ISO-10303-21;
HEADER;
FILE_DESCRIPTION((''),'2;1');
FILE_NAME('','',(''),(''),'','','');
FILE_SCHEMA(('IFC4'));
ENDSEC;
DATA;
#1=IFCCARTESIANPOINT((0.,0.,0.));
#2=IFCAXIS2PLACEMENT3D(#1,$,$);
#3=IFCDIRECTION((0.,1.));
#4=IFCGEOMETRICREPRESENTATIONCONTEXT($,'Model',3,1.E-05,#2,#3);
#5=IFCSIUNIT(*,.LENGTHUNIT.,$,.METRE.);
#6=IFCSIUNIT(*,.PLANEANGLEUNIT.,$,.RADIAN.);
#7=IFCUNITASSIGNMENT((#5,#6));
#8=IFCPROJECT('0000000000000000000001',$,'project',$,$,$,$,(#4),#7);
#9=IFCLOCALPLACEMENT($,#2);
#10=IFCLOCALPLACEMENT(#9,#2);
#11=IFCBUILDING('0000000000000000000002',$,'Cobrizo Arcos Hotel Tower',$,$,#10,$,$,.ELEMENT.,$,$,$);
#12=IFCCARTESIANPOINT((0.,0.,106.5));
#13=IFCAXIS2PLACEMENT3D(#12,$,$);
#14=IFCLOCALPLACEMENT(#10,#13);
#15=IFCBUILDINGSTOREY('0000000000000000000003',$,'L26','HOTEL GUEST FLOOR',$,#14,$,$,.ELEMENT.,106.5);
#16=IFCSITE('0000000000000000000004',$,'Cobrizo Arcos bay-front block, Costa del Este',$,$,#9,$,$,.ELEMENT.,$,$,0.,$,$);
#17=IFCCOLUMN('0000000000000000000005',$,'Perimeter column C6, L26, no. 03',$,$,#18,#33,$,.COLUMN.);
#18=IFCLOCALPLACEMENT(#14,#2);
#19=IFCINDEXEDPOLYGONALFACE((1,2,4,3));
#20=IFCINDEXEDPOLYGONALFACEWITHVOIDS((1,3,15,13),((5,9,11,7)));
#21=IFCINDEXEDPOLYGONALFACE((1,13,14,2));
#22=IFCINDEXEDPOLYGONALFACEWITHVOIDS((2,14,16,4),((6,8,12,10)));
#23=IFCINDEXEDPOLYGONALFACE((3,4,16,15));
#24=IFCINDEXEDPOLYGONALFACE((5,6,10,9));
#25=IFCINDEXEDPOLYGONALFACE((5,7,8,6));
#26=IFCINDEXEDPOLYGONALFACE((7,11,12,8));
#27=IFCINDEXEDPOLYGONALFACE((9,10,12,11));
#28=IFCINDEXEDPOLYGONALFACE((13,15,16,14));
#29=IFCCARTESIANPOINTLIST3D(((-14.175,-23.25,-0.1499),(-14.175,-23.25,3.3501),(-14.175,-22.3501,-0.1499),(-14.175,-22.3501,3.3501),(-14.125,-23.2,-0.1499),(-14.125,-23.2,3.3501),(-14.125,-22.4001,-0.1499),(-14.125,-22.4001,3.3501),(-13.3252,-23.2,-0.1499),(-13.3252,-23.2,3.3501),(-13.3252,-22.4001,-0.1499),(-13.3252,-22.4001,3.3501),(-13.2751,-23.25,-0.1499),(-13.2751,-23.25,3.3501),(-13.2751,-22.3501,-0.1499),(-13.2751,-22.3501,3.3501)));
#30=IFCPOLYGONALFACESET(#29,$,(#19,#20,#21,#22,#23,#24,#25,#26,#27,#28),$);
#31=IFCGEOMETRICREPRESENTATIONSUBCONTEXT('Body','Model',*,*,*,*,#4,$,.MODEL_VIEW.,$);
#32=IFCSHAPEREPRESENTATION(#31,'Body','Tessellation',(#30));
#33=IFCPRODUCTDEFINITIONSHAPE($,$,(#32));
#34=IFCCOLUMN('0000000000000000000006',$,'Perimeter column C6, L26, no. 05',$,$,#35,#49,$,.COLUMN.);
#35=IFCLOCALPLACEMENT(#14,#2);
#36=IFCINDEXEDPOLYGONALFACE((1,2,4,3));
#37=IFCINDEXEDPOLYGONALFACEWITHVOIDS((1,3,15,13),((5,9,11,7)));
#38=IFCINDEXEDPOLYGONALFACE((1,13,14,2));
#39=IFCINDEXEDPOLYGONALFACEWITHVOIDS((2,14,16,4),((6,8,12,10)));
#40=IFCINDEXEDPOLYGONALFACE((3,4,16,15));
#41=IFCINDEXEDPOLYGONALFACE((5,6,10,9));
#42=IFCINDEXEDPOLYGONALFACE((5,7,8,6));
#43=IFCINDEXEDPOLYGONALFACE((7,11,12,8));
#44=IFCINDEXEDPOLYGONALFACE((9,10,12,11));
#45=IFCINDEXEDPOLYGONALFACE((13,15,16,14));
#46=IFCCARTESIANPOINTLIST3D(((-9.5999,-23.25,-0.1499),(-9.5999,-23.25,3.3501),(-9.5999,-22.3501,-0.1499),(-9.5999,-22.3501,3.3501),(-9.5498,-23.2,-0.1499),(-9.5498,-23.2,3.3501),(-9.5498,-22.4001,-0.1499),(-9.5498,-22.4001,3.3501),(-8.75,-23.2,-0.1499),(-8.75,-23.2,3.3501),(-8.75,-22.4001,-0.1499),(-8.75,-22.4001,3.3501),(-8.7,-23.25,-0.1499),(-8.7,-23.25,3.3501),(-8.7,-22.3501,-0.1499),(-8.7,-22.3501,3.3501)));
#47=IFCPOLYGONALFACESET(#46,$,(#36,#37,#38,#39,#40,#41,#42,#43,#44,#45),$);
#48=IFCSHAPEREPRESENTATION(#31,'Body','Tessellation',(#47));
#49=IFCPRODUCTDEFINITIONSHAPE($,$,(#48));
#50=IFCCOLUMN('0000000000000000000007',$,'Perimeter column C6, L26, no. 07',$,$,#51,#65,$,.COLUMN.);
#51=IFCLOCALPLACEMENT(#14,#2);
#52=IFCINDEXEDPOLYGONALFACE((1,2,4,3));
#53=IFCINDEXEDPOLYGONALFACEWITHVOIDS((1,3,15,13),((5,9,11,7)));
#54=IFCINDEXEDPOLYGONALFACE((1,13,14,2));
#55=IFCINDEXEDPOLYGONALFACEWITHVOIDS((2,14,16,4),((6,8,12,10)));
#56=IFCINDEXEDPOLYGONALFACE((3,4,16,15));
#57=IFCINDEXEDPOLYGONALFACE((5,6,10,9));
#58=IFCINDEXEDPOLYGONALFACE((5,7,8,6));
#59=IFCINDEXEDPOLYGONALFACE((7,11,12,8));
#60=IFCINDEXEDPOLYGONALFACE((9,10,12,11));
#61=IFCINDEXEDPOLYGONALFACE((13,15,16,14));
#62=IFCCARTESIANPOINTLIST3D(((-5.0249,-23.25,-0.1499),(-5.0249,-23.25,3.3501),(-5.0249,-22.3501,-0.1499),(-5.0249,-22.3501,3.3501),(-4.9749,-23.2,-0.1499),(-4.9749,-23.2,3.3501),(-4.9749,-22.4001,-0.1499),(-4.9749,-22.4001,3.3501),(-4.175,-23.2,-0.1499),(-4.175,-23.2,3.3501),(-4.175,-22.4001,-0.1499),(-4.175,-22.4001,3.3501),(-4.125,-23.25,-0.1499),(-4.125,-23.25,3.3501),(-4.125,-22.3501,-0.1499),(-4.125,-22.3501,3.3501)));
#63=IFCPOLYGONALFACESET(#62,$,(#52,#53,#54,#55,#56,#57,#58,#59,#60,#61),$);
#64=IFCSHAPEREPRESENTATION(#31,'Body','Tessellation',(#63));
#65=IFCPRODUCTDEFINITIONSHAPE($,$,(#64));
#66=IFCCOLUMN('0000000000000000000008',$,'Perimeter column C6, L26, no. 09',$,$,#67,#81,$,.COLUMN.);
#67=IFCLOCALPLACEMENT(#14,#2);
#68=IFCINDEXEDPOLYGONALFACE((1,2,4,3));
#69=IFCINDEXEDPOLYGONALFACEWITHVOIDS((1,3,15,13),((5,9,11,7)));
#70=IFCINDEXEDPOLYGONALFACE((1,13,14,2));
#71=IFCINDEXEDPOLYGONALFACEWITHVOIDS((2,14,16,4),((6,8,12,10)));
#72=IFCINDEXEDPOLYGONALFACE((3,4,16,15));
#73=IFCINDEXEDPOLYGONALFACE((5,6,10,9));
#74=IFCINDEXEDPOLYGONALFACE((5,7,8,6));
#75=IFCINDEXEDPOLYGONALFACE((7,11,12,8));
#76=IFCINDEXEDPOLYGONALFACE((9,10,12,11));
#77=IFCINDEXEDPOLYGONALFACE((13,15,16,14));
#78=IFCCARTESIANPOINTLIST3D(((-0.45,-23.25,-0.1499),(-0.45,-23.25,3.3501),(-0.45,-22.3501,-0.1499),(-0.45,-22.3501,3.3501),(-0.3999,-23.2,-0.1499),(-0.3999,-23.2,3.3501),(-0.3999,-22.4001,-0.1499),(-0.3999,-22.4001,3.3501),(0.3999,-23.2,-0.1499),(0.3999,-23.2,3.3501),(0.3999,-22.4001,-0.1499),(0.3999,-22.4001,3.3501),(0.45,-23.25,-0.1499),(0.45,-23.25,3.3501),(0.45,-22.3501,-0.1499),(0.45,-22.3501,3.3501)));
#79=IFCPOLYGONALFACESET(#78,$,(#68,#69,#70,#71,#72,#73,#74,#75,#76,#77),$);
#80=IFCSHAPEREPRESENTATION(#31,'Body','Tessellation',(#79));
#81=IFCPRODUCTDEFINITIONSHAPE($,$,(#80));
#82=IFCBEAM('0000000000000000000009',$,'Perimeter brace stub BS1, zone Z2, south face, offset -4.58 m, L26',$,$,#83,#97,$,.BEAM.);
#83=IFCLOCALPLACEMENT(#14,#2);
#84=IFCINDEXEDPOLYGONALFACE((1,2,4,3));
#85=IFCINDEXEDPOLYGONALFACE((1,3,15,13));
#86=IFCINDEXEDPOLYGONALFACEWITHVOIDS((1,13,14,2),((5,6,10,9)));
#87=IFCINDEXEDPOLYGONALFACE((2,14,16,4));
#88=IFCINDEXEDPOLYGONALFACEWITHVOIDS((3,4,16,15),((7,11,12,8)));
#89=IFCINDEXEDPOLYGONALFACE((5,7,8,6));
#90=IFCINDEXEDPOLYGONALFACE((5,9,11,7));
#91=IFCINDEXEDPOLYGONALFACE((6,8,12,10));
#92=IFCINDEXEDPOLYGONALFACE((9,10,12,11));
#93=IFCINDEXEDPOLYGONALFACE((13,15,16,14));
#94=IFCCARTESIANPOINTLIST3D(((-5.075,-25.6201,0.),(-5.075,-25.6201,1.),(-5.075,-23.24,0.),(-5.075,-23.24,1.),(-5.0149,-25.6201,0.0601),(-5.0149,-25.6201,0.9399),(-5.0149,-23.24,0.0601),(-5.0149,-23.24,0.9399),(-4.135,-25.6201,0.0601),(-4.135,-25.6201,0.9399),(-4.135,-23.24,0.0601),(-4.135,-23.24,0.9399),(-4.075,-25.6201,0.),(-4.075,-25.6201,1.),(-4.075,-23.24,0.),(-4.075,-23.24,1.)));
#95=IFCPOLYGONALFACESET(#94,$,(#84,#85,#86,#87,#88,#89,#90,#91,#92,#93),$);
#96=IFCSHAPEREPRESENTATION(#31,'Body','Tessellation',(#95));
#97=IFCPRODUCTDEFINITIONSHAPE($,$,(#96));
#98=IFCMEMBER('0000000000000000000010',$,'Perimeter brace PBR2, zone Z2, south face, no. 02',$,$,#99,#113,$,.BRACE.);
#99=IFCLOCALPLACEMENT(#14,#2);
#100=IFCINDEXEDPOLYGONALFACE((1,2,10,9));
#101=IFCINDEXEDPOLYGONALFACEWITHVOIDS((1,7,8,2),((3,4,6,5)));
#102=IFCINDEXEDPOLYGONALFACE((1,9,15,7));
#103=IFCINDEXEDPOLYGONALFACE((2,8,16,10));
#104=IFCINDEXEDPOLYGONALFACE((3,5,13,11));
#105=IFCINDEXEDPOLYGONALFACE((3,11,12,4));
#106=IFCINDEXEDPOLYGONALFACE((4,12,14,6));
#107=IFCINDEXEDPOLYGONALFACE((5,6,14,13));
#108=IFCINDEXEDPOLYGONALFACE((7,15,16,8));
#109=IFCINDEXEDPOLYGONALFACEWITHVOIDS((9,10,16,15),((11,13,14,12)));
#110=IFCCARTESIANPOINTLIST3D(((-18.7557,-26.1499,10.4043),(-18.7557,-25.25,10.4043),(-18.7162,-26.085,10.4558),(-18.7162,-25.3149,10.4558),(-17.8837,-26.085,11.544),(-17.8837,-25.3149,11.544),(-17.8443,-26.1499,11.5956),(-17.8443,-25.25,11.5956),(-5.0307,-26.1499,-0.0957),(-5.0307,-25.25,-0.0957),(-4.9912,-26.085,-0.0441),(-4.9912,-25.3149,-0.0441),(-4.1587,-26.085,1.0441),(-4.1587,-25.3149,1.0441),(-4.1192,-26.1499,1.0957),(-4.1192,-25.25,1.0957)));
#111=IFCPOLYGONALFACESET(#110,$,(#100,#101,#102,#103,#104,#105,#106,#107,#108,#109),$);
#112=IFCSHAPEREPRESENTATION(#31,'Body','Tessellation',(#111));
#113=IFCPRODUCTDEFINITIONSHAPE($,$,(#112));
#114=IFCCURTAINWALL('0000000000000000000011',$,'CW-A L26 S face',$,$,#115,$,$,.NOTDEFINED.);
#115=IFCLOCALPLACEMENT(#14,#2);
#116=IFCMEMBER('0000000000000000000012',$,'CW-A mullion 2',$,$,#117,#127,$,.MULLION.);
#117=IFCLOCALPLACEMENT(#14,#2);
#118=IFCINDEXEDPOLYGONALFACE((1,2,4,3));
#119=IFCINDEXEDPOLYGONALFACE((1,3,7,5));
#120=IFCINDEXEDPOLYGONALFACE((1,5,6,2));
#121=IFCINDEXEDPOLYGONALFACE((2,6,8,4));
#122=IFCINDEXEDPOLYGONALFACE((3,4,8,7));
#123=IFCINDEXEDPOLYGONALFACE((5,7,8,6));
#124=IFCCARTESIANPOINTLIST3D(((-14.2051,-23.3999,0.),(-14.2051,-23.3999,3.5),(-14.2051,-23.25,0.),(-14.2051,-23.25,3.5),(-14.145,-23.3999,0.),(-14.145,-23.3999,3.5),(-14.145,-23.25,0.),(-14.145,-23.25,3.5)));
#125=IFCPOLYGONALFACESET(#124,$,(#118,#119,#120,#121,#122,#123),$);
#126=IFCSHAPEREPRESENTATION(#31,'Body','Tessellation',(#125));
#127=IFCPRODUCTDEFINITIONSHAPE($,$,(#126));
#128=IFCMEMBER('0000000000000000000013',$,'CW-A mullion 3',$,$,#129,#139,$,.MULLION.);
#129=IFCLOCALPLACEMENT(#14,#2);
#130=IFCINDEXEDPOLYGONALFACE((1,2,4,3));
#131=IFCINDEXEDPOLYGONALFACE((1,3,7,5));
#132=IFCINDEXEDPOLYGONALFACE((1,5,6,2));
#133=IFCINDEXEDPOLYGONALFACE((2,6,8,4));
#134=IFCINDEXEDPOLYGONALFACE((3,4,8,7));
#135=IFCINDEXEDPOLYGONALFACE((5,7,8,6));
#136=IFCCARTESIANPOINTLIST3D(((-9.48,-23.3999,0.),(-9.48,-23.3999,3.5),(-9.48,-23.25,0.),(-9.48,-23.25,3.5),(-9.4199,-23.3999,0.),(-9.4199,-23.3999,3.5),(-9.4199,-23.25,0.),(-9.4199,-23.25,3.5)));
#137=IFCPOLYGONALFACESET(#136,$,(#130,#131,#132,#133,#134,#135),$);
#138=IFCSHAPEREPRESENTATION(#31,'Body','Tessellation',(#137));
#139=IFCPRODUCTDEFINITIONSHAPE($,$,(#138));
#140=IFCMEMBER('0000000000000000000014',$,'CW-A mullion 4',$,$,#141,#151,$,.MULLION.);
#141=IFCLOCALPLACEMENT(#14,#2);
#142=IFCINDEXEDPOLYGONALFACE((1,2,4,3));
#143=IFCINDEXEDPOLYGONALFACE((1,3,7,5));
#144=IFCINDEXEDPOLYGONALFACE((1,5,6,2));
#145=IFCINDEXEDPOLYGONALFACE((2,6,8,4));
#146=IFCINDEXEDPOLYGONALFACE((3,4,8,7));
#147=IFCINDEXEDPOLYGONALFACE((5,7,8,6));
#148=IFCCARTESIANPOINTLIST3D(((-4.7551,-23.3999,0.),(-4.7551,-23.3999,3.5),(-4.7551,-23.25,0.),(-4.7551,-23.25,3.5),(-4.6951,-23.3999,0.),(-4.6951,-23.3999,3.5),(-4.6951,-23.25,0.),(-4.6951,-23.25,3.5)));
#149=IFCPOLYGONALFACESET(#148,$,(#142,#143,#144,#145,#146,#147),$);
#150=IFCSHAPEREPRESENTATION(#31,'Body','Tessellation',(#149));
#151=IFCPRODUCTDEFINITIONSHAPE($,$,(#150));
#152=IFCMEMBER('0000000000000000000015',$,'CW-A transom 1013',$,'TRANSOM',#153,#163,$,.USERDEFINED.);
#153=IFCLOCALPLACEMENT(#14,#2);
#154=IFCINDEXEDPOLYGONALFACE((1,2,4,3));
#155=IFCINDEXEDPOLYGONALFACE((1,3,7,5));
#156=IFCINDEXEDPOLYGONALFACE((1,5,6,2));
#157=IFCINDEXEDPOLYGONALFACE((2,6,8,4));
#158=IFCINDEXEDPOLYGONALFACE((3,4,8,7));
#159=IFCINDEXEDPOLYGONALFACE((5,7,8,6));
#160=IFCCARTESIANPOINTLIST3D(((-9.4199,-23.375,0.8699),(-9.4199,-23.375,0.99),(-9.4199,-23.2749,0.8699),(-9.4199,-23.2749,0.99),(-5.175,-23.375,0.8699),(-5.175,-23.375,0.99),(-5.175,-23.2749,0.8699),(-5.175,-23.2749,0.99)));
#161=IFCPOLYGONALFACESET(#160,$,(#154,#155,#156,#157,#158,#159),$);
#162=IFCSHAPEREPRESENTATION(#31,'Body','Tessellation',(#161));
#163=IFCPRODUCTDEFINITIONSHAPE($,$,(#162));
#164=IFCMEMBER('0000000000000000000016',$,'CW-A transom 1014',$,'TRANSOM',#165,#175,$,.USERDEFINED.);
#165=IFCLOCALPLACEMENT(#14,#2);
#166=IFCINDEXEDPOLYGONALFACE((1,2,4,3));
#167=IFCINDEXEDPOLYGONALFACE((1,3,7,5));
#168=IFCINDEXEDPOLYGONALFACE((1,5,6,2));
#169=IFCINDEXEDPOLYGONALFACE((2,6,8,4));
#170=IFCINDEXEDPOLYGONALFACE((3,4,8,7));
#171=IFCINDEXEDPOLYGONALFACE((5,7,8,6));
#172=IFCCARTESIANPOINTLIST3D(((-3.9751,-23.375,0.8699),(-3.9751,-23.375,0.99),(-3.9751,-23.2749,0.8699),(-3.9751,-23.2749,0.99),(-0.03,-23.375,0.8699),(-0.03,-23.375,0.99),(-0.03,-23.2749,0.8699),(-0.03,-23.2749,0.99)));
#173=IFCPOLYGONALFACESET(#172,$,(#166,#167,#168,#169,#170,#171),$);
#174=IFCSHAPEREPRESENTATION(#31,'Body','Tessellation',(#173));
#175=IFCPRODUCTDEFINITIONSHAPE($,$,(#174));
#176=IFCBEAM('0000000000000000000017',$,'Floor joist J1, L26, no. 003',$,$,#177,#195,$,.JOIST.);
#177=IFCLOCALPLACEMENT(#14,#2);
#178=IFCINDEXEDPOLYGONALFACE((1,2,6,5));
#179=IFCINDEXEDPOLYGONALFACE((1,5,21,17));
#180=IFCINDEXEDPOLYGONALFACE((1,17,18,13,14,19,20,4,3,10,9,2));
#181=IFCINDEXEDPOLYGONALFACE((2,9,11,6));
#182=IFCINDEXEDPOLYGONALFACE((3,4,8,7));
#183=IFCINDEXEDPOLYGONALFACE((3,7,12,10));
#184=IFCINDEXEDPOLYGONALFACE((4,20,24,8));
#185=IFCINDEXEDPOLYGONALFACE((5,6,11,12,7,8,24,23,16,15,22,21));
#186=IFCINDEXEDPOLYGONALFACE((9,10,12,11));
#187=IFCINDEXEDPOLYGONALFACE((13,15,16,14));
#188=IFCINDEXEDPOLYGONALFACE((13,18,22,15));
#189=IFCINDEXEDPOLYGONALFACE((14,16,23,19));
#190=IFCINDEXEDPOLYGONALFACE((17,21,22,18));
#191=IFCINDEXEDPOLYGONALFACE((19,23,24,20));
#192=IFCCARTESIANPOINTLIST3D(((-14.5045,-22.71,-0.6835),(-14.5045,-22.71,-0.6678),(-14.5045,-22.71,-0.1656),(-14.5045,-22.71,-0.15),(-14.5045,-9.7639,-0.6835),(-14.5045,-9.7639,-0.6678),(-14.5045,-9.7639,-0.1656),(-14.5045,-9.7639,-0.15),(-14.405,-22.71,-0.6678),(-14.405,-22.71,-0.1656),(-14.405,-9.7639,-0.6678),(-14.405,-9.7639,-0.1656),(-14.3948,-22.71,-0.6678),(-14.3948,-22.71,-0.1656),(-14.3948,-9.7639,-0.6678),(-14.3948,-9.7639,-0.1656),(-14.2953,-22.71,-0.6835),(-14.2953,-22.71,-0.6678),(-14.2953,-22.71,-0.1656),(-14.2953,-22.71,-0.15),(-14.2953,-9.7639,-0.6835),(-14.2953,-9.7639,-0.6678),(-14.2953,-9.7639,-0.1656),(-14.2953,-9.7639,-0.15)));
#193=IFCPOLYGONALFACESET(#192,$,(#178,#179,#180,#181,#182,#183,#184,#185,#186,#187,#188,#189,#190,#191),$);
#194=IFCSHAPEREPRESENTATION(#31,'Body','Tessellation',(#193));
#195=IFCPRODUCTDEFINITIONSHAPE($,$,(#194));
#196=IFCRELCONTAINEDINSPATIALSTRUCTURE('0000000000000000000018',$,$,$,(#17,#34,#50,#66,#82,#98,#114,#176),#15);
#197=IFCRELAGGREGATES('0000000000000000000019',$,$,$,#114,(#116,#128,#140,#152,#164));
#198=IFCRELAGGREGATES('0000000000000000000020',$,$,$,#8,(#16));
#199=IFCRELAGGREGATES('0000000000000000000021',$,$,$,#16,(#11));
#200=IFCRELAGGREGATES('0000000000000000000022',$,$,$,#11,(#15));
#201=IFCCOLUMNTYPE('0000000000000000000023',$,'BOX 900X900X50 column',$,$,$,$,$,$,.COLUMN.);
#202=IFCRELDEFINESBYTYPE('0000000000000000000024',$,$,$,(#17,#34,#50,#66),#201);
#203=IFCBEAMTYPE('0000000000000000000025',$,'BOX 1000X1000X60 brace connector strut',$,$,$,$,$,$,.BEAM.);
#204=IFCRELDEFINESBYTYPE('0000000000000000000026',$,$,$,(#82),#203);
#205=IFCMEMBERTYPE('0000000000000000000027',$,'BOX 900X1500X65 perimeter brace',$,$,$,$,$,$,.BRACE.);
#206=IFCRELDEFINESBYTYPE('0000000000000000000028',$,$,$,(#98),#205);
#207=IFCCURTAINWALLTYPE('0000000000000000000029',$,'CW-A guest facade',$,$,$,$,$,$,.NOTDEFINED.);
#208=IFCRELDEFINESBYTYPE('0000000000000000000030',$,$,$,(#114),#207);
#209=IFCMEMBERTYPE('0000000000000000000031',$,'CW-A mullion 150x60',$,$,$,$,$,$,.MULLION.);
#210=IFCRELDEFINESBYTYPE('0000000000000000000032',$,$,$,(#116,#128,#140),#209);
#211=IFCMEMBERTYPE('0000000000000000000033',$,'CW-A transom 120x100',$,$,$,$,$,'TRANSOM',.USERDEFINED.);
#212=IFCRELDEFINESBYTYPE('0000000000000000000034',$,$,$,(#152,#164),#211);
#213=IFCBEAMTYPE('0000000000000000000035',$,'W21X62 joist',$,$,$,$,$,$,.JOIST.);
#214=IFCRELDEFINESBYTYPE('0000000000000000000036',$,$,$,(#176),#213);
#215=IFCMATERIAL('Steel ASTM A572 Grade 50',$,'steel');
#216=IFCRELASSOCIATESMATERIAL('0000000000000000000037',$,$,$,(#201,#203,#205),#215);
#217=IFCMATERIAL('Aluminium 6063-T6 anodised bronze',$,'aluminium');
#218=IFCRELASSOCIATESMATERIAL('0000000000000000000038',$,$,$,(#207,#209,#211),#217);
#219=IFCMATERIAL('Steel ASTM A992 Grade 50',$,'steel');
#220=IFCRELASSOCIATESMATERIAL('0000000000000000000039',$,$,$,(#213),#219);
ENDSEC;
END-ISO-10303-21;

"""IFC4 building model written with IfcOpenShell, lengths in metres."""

from ifc_helpers import new_model, si_unit, direction, frame, origin, origin_2d, place, context, subcontext, project, spatial, rectangle, hollow_rectangle, i_section, extrude, material, material_profile, profile_set, type_object, element, aggregate, save


model = new_model("IFC4")

# Units and contexts
model_context = context("Model", 3, precision=1e-05, world=origin(), true_north=direction((0.0, 1.0)))
body_context = subcontext(model_context, "Body", "Model", "MODEL_VIEW")
ifc_project = project(units=[si_unit("LENGTHUNIT", "METRE"), si_unit("PLANEANGLEUNIT", "RADIAN")], contexts=[model_context])

# Site, building, storey
site_placement = place(None, origin())
site = spatial("IfcSite", under=ifc_project, at=site_placement, Name="Cobrizo Arcos bay-front block, Costa del Este", CompositionType="ELEMENT", RefElevation=0.0)
building_placement = place(site_placement, origin())
building = spatial("IfcBuilding", under=site, at=building_placement, Name="Cobrizo Arcos Hotel Tower", CompositionType="ELEMENT")
storey_placement = place(building_placement, frame((0.0, 0.0, 106.5)))
storey = spatial("IfcBuildingStorey", under=building, at=storey_placement, Name="L26", Description="HOTEL GUEST FLOOR", CompositionType="ELEMENT", Elevation=106.5)

# Columns
ifc_material_1 = material(Name="Steel ASTM A572 Grade 50", Category="steel")
ifc_material_profile_1 = material_profile(ifc_material_1, hollow_rectangle(XDim=0.8999, YDim=0.8999, WallThickness=0.05, at=origin_2d()), Name="BOX 900X900X50")
ifc_profile_set_1 = profile_set([ifc_material_profile_1], Name="Steel ASTM A572 Grade 50")
column_type = type_object("IfcColumnType", Name="BOX 900X900X50 column", PredefinedType="COLUMN", material=ifc_profile_set_1)
for number, where, z_axis, x_axis, name in (
    (1, (-13.7251, -22.8, -0.1499), (0.0, 0.0, 1.0), (1.0, 0.0, 0.0), "Perimeter column C6, L26, no. 03"),
    (2, (-9.1499, -22.8, -0.1499), (0.0, 0.0, 1.0), (1.0, 0.0, 0.0), "Perimeter column C6, L26, no. 05"),
    (3, (-4.575, -22.8, -0.1499), (0.0, 0.0, 1.0), (1.0, 0.0, 0.0), "Perimeter column C6, L26, no. 07"),
    (4, (0.0, -22.8, -0.1499), (0.0, 0.0, 1.0), (1.0, 0.0, 0.0), "Perimeter column C6, L26, no. 09"),
):
    element("IfcColumn", number, at=place(storey_placement, frame(where, z_axis=z_axis, x_axis=x_axis)), inside=storey, type_object=column_type, Name=name, PredefinedType="COLUMN", context=body_context, shape_type="SweptSolid", body=[
        extrude(hollow_rectangle(XDim=0.8999, YDim=0.8999, WallThickness=0.05, at=origin_2d()), origin(), (0.0, 0.0, 1.0), 3.5),
    ])

# Beam
ifc_material_profile_2 = material_profile(ifc_material_1, hollow_rectangle(XDim=1.0, YDim=1.0, WallThickness=0.0601, at=origin_2d()), Name="BOX 1000X1000X60")
ifc_profile_set_2 = profile_set([ifc_material_profile_2], Name="Steel ASTM A572 Grade 50")
beam_type_1 = type_object("IfcBeamType", Name="BOX 1000X1000X60 brace connector strut", PredefinedType="BEAM", material=ifc_profile_set_2)
beam_1_placement = place(storey_placement, frame((-4.575, -23.24, 0.5), z_axis=(0.0, -1.0, 0.0), x_axis=(1.0, 0.0, 0.0)))
element("IfcBeam", 5, at=beam_1_placement, inside=storey, type_object=beam_type_1, Name="Perimeter brace stub BS1, zone Z2, south face, offset -4.58 m, L26", PredefinedType="BEAM", context=body_context, shape_type="SweptSolid", body=[
    extrude(hollow_rectangle(XDim=1.0, YDim=1.0, WallThickness=0.0601, at=origin_2d()), origin(), (0.0, 0.0, 1.0), 2.3801),
])

# Member
ifc_material_profile_3 = material_profile(ifc_material_1, hollow_rectangle(XDim=0.8999, YDim=1.5, WallThickness=0.0649, at=origin_2d()), Name="BOX 900X1500X65")
ifc_profile_set_3 = profile_set([ifc_material_profile_3], Name="Steel ASTM A572 Grade 50")
member_type_1 = type_object("IfcMemberType", Name="BOX 900X1500X65 perimeter brace", PredefinedType="BRACE", material=ifc_profile_set_3)
member_1_placement = place(storey_placement, frame((-4.575, -25.7, 0.5), z_axis=(-0.794237, 0.0, 0.607608), x_axis=(0.0, -1.0, 0.0)))
element("IfcMember", 6, at=member_1_placement, inside=storey, type_object=member_type_1, Name="Perimeter brace PBR2, zone Z2, south face, no. 02", PredefinedType="BRACE", context=body_context, shape_type="SweptSolid", body=[
    extrude(hollow_rectangle(XDim=0.8999, YDim=1.5, WallThickness=0.0649, at=origin_2d()), origin(), (0.0, 0.0, 1.0), 17.2808),
])

# Curtain wall, members
ifc_material_2 = material(Name="Aluminium 6063-T6 anodised bronze", Category="aluminium")
curtain_wall_type = type_object("IfcCurtainWallType", Name="CW-A guest facade", PredefinedType="NOTDEFINED", material=ifc_material_2)
curtain_wall_placement = place(storey_placement, origin())
curtain_wall = element("IfcCurtainWall", 7, at=curtain_wall_placement, inside=storey, type_object=curtain_wall_type, Name="CW-A L26 S face", PredefinedType="NOTDEFINED")
ifc_material_profile_4 = material_profile(ifc_material_2, rectangle(XDim=0.1499, YDim=0.0601, at=origin_2d()), Name="CW-A mullion 150x60")
ifc_profile_set_4 = profile_set([ifc_material_profile_4], Name="Aluminium 6063-T6 anodised bronze")
member_type_2 = type_object("IfcMemberType", Name="CW-A mullion 150x60", PredefinedType="MULLION", material=ifc_profile_set_4)
member_2_placement = place(storey_placement, frame((-14.175, -23.325, 0.0), z_axis=(0.0, 0.0, 1.0), x_axis=(0.0, -1.0, 0.0)))
member_2 = element("IfcMember", 8, at=member_2_placement, type_object=member_type_2, Name="CW-A mullion 2", PredefinedType="MULLION", context=body_context, shape_type="SweptSolid", body=[
    extrude(rectangle(XDim=0.1499, YDim=0.0601, at=origin_2d()), origin(), (0.0, 0.0, 1.0), 3.5),
])
member_3_placement = place(storey_placement, frame((-9.45, -23.325, 0.0), z_axis=(0.0, 0.0, 1.0), x_axis=(0.0, -1.0, 0.0)))
member_3 = element("IfcMember", 9, at=member_3_placement, type_object=member_type_2, Name="CW-A mullion 3", PredefinedType="MULLION", context=body_context, shape_type="SweptSolid", body=[
    extrude(rectangle(XDim=0.1499, YDim=0.0601, at=origin_2d()), origin(), (0.0, 0.0, 1.0), 3.5),
])
member_4_placement = place(storey_placement, frame((-4.7251, -23.325, 0.0), z_axis=(0.0, 0.0, 1.0), x_axis=(0.0, -1.0, 0.0)))
member_4 = element("IfcMember", 10, at=member_4_placement, type_object=member_type_2, Name="CW-A mullion 4", PredefinedType="MULLION", context=body_context, shape_type="SweptSolid", body=[
    extrude(rectangle(XDim=0.1499, YDim=0.0601, at=origin_2d()), origin(), (0.0, 0.0, 1.0), 3.5),
])
ifc_material_profile_5 = material_profile(ifc_material_2, rectangle(XDim=0.1001, YDim=0.1201, at=origin_2d()), Name="CW-A transom 120x100")
ifc_profile_set_5 = profile_set([ifc_material_profile_5], Name="Aluminium 6063-T6 anodised bronze")
member_type_3 = type_object("IfcMemberType", Name="CW-A transom 120x100", ElementType="TRANSOM", PredefinedType="USERDEFINED", material=ifc_profile_set_5)
member_5_placement = place(storey_placement, frame((-9.4199, -23.325, 0.9299), z_axis=(1.0, 0.0, 0.0), x_axis=(0.0, 1.0, 0.0)))
member_5 = element("IfcMember", 11, at=member_5_placement, type_object=member_type_3, Name="CW-A transom 1013", ObjectType="TRANSOM", PredefinedType="USERDEFINED", context=body_context, shape_type="SweptSolid", body=[
    extrude(rectangle(XDim=0.1001, YDim=0.1201, at=origin_2d()), origin(), (0.0, 0.0, 1.0), 4.2449),
])
member_6_placement = place(storey_placement, frame((-3.9751, -23.325, 0.9299), z_axis=(1.0, 0.0, 0.0), x_axis=(0.0, 1.0, 0.0)))
member_6 = element("IfcMember", 12, at=member_6_placement, type_object=member_type_3, Name="CW-A transom 1014", ObjectType="TRANSOM", PredefinedType="USERDEFINED", context=body_context, shape_type="SweptSolid", body=[
    extrude(rectangle(XDim=0.1001, YDim=0.1201, at=origin_2d()), origin(), (0.0, 0.0, 1.0), 3.9451),
])

# Beam
ifc_material_3 = material(Name="Steel ASTM A992 Grade 50", Category="steel")
ifc_material_profile_6 = material_profile(ifc_material_3, i_section(OverallWidth=0.2092, OverallDepth=0.5334, WebThickness=0.0103, FlangeThickness=0.0156, at=origin_2d()), Name="W21X62")
ifc_profile_set_6 = profile_set([ifc_material_profile_6], Name="Steel ASTM A992 Grade 50")
beam_type_2 = type_object("IfcBeamType", Name="W21X62 joist", PredefinedType="JOIST", material=ifc_profile_set_6)
beam_2_placement = place(storey_placement, frame((-14.3999, -22.71, -0.4167), z_axis=(0.0, 1.0, 0.0), x_axis=(-1.0, 0.0, 0.0)))
element("IfcBeam", 13, at=beam_2_placement, inside=storey, type_object=beam_type_2, Name="Floor joist J1, L26, no. 003", PredefinedType="JOIST", context=body_context, shape_type="SweptSolid", body=[
    extrude(i_section(OverallWidth=0.2092, OverallDepth=0.5334, WebThickness=0.0103, FlangeThickness=0.0156, at=origin_2d()), origin(), (0.0, 0.0, 1.0), 12.946),
])

aggregate(curtain_wall, [member_2, member_3, member_4, member_5, member_6])

save(model, "model.ifc")
